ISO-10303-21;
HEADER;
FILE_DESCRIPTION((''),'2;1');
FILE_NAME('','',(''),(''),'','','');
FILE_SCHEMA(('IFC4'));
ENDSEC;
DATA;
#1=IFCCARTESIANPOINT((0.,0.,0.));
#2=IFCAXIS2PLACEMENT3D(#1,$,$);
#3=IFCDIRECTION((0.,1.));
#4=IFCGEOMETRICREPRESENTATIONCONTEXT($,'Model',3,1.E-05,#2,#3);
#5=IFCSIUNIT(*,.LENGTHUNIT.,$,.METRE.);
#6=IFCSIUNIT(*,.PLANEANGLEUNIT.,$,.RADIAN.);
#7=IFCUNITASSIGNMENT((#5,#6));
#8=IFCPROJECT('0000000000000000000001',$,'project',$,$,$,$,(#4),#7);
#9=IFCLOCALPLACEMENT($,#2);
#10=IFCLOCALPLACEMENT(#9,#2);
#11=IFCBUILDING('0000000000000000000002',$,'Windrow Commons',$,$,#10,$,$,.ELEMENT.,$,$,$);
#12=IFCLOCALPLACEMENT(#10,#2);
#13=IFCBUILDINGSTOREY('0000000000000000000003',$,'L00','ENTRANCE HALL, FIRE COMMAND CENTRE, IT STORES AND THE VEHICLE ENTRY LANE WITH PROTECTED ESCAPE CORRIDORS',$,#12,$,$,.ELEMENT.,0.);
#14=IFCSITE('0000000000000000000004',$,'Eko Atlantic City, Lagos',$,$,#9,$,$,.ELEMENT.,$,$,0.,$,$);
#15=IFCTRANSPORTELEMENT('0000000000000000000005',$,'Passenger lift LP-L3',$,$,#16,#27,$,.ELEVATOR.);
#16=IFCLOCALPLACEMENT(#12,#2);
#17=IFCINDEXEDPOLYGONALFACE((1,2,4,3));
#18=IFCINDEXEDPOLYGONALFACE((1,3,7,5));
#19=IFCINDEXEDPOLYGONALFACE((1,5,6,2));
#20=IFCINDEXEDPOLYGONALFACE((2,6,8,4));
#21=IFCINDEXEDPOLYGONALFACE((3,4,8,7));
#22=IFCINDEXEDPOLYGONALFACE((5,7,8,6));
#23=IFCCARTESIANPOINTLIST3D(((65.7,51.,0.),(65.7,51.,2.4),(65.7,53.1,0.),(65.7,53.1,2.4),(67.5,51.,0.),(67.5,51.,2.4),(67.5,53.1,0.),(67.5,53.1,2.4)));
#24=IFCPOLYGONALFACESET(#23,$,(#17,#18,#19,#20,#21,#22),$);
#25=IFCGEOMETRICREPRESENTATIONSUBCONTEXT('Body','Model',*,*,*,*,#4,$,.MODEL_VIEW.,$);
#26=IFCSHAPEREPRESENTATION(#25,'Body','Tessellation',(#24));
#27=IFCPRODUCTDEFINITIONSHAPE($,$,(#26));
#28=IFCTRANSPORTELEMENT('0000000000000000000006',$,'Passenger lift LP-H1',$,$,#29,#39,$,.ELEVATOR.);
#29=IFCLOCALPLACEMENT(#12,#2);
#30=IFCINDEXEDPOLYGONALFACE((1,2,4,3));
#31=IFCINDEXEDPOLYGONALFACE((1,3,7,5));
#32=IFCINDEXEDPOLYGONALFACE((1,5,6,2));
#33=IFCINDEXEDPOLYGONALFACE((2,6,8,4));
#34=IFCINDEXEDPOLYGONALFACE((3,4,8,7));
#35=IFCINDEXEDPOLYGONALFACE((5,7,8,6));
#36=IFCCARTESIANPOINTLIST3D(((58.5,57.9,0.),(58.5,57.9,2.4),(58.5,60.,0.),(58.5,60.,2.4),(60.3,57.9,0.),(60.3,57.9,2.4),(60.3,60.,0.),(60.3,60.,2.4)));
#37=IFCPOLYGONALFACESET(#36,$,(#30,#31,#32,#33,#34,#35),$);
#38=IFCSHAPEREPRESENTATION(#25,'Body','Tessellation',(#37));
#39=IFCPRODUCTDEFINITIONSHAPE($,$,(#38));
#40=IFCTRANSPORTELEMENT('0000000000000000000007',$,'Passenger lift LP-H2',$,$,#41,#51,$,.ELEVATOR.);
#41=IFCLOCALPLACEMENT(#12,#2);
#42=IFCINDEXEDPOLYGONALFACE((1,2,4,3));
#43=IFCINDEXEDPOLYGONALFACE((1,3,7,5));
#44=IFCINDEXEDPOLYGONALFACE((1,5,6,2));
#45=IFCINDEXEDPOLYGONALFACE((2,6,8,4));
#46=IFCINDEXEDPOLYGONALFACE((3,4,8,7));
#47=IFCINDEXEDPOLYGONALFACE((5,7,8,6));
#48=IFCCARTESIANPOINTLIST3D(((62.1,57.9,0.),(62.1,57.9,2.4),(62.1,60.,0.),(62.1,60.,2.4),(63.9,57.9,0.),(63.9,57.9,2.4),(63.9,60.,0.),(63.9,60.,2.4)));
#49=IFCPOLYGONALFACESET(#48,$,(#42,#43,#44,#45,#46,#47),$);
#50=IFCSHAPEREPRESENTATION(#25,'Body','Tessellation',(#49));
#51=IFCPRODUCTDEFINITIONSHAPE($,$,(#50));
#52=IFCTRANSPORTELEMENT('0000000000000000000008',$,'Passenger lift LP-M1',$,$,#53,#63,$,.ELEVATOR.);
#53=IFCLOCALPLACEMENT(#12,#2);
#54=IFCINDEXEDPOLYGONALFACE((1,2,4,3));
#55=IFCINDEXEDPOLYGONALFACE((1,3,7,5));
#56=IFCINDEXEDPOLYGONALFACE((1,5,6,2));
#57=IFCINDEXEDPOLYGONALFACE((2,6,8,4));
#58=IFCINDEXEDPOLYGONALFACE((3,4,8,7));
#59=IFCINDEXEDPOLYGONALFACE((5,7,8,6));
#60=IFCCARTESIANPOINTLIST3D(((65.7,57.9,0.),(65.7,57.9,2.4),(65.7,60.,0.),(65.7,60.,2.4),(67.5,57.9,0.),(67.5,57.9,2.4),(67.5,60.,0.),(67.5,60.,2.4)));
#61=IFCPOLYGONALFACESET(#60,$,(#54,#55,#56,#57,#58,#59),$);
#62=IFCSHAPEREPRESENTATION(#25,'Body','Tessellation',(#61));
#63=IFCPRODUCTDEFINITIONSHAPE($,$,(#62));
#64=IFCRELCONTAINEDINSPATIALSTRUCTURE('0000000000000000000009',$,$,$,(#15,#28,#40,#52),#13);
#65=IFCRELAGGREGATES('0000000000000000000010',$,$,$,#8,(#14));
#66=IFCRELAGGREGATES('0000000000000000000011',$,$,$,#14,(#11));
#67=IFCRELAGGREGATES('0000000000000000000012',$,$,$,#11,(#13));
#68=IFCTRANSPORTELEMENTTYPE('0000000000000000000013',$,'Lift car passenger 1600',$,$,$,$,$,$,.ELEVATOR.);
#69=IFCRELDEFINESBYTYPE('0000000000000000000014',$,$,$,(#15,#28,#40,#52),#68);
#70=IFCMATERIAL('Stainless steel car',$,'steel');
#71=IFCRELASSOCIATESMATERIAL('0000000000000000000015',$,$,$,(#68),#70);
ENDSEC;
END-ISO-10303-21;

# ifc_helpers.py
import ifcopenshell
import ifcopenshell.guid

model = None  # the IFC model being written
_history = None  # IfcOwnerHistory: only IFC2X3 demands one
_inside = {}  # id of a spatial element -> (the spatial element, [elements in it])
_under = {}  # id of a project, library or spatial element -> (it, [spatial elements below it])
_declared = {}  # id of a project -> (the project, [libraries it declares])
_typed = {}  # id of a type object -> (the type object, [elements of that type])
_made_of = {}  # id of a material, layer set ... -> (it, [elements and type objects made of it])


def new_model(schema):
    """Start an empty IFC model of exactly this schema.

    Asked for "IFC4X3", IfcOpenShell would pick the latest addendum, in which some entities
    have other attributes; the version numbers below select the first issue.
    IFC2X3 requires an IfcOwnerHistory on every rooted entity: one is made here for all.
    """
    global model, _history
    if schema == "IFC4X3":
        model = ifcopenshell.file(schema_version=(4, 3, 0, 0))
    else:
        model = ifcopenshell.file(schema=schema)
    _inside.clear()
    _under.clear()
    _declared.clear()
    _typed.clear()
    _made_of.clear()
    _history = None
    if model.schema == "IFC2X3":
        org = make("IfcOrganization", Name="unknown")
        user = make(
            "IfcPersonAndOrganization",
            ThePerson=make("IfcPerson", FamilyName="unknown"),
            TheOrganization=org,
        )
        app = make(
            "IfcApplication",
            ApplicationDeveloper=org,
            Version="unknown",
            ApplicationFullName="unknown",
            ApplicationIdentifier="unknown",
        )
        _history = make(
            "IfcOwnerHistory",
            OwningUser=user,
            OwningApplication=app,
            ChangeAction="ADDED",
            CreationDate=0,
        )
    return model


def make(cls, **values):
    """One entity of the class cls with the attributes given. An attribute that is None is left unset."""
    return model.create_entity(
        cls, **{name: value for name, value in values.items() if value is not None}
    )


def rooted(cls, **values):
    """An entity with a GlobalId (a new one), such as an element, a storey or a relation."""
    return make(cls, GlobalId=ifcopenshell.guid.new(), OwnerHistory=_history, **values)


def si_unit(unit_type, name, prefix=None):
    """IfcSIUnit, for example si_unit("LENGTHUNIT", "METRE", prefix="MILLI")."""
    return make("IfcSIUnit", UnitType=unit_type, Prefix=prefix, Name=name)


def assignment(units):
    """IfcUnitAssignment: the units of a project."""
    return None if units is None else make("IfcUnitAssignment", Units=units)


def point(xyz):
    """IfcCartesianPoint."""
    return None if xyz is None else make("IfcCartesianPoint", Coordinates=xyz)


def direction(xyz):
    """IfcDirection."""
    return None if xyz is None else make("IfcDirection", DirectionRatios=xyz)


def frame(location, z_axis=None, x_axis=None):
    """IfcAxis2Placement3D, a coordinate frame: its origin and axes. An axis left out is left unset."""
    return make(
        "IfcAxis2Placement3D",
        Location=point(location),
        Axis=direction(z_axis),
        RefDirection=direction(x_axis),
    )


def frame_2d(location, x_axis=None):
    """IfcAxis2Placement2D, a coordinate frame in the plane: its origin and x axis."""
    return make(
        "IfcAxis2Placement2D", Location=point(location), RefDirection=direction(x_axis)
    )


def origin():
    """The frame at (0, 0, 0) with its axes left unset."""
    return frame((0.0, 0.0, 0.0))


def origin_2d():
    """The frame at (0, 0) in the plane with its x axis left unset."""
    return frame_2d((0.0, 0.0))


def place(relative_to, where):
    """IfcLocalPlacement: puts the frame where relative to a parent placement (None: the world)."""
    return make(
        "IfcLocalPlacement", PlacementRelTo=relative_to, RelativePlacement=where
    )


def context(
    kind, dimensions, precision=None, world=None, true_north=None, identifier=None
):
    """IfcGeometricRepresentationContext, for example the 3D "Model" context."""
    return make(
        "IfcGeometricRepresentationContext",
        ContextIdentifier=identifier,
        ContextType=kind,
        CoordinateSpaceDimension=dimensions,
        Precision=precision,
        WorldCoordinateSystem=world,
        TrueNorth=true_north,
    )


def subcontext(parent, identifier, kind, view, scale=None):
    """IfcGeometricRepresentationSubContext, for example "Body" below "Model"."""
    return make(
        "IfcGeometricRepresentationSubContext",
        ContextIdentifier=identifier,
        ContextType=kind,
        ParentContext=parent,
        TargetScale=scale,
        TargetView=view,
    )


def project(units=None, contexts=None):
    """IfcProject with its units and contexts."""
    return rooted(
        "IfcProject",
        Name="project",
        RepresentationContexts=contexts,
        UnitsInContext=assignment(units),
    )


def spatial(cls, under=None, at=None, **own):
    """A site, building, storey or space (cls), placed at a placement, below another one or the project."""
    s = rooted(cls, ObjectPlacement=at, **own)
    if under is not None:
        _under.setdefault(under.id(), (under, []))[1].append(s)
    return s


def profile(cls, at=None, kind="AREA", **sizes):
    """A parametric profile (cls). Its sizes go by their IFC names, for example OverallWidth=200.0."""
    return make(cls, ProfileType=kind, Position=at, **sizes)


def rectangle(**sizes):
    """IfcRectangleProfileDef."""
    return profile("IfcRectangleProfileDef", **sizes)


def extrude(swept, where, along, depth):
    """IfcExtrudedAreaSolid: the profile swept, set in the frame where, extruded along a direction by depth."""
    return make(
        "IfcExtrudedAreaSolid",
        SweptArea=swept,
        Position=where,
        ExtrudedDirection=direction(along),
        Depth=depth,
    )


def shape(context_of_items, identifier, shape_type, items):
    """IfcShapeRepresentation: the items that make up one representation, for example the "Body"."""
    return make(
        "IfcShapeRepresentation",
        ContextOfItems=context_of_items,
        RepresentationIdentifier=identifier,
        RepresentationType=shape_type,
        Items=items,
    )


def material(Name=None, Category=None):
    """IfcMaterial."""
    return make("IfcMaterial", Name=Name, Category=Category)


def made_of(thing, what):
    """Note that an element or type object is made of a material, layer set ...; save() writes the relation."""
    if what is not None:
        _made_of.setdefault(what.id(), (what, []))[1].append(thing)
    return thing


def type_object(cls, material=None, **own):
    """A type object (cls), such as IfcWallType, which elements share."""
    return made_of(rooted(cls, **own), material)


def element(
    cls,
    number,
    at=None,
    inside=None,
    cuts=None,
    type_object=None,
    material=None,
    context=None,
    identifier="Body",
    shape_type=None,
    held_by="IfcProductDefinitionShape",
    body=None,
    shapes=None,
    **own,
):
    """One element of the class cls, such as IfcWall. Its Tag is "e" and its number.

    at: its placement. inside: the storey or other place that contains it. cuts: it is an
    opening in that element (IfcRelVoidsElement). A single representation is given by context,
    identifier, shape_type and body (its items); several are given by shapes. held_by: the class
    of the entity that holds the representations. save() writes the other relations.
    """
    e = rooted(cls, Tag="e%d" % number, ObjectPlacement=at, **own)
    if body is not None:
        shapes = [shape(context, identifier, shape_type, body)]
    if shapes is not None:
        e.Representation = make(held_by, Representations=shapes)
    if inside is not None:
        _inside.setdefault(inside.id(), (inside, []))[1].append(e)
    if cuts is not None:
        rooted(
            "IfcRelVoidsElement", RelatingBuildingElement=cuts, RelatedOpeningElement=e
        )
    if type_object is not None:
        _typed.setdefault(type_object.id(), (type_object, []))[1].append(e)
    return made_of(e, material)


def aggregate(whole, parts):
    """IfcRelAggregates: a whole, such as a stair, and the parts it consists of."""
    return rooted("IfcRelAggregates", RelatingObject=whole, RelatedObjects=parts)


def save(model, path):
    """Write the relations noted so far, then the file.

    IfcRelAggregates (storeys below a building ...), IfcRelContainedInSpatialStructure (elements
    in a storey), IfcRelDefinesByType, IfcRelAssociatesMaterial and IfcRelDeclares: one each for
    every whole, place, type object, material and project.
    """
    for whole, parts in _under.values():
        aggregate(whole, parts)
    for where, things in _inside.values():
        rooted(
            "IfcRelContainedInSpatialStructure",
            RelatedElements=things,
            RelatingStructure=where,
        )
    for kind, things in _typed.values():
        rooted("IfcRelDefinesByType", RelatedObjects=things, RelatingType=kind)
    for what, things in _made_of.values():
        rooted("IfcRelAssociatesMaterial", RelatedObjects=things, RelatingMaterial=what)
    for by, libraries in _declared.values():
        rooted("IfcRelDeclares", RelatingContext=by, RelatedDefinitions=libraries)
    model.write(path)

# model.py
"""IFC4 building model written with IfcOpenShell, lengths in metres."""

from ifc_helpers import new_model, si_unit, direction, frame, origin, origin_2d, place, context, subcontext, project, spatial, rectangle, extrude, material, type_object, element, save


model = new_model("IFC4")

# Units and contexts
model_context = context("Model", 3, precision=1e-05, world=origin(), true_north=direction((0.0, 1.0)))
body_context = subcontext(model_context, "Body", "Model", "MODEL_VIEW")
ifc_project = project(units=[si_unit("LENGTHUNIT", "METRE"), si_unit("PLANEANGLEUNIT", "RADIAN")], contexts=[model_context])

# Site, building, storey
site_placement = place(None, origin())
site = spatial("IfcSite", under=ifc_project, at=site_placement, Name="Eko Atlantic City, Lagos", CompositionType="ELEMENT", RefElevation=0.0)
building_placement = place(site_placement, origin())
building = spatial("IfcBuilding", under=site, at=building_placement, Name="Windrow Commons", CompositionType="ELEMENT")
storey_placement = place(building_placement, origin())
storey = spatial("IfcBuildingStorey", under=building, at=storey_placement, Name="L00", Description="ENTRANCE HALL, FIRE COMMAND CENTRE, IT STORES AND THE VEHICLE ENTRY LANE WITH PROTECTED ESCAPE CORRIDORS", CompositionType="ELEMENT", Elevation=0.0)

# Transport elements
ifc_material_1 = material(Name="Stainless steel car", Category="steel")
transport_element_type = type_object("IfcTransportElementType", Name="Lift car passenger 1600", PredefinedType="ELEVATOR", material=ifc_material_1)
for number, where, z_axis, x_axis, name in (
    (1, (66.6, 52.05, 0.0), (0.0, 0.0, 1.0), (1.0, 0.0, 0.0), "Passenger lift LP-L3"),
    (2, (59.4, 58.95, 0.0), (0.0, 0.0, 1.0), (1.0, 0.0, 0.0), "Passenger lift LP-H1"),
    (3, (63.0, 58.95, 0.0), (0.0, 0.0, 1.0), (1.0, 0.0, 0.0), "Passenger lift LP-H2"),
    (4, (66.6, 58.95, 0.0), (0.0, 0.0, 1.0), (1.0, 0.0, 0.0), "Passenger lift LP-M1"),
):
    element("IfcTransportElement", number, at=place(storey_placement, frame(where, z_axis=z_axis, x_axis=x_axis)), inside=storey, type_object=transport_element_type, Name=name, PredefinedType="ELEVATOR", context=body_context, shape_type="SweptSolid", body=[
        extrude(rectangle(XDim=1.8, YDim=2.1, at=origin_2d()), origin(), (0.0, 0.0, 1.0), 2.4),
    ])

save(model, "model.ifc")
